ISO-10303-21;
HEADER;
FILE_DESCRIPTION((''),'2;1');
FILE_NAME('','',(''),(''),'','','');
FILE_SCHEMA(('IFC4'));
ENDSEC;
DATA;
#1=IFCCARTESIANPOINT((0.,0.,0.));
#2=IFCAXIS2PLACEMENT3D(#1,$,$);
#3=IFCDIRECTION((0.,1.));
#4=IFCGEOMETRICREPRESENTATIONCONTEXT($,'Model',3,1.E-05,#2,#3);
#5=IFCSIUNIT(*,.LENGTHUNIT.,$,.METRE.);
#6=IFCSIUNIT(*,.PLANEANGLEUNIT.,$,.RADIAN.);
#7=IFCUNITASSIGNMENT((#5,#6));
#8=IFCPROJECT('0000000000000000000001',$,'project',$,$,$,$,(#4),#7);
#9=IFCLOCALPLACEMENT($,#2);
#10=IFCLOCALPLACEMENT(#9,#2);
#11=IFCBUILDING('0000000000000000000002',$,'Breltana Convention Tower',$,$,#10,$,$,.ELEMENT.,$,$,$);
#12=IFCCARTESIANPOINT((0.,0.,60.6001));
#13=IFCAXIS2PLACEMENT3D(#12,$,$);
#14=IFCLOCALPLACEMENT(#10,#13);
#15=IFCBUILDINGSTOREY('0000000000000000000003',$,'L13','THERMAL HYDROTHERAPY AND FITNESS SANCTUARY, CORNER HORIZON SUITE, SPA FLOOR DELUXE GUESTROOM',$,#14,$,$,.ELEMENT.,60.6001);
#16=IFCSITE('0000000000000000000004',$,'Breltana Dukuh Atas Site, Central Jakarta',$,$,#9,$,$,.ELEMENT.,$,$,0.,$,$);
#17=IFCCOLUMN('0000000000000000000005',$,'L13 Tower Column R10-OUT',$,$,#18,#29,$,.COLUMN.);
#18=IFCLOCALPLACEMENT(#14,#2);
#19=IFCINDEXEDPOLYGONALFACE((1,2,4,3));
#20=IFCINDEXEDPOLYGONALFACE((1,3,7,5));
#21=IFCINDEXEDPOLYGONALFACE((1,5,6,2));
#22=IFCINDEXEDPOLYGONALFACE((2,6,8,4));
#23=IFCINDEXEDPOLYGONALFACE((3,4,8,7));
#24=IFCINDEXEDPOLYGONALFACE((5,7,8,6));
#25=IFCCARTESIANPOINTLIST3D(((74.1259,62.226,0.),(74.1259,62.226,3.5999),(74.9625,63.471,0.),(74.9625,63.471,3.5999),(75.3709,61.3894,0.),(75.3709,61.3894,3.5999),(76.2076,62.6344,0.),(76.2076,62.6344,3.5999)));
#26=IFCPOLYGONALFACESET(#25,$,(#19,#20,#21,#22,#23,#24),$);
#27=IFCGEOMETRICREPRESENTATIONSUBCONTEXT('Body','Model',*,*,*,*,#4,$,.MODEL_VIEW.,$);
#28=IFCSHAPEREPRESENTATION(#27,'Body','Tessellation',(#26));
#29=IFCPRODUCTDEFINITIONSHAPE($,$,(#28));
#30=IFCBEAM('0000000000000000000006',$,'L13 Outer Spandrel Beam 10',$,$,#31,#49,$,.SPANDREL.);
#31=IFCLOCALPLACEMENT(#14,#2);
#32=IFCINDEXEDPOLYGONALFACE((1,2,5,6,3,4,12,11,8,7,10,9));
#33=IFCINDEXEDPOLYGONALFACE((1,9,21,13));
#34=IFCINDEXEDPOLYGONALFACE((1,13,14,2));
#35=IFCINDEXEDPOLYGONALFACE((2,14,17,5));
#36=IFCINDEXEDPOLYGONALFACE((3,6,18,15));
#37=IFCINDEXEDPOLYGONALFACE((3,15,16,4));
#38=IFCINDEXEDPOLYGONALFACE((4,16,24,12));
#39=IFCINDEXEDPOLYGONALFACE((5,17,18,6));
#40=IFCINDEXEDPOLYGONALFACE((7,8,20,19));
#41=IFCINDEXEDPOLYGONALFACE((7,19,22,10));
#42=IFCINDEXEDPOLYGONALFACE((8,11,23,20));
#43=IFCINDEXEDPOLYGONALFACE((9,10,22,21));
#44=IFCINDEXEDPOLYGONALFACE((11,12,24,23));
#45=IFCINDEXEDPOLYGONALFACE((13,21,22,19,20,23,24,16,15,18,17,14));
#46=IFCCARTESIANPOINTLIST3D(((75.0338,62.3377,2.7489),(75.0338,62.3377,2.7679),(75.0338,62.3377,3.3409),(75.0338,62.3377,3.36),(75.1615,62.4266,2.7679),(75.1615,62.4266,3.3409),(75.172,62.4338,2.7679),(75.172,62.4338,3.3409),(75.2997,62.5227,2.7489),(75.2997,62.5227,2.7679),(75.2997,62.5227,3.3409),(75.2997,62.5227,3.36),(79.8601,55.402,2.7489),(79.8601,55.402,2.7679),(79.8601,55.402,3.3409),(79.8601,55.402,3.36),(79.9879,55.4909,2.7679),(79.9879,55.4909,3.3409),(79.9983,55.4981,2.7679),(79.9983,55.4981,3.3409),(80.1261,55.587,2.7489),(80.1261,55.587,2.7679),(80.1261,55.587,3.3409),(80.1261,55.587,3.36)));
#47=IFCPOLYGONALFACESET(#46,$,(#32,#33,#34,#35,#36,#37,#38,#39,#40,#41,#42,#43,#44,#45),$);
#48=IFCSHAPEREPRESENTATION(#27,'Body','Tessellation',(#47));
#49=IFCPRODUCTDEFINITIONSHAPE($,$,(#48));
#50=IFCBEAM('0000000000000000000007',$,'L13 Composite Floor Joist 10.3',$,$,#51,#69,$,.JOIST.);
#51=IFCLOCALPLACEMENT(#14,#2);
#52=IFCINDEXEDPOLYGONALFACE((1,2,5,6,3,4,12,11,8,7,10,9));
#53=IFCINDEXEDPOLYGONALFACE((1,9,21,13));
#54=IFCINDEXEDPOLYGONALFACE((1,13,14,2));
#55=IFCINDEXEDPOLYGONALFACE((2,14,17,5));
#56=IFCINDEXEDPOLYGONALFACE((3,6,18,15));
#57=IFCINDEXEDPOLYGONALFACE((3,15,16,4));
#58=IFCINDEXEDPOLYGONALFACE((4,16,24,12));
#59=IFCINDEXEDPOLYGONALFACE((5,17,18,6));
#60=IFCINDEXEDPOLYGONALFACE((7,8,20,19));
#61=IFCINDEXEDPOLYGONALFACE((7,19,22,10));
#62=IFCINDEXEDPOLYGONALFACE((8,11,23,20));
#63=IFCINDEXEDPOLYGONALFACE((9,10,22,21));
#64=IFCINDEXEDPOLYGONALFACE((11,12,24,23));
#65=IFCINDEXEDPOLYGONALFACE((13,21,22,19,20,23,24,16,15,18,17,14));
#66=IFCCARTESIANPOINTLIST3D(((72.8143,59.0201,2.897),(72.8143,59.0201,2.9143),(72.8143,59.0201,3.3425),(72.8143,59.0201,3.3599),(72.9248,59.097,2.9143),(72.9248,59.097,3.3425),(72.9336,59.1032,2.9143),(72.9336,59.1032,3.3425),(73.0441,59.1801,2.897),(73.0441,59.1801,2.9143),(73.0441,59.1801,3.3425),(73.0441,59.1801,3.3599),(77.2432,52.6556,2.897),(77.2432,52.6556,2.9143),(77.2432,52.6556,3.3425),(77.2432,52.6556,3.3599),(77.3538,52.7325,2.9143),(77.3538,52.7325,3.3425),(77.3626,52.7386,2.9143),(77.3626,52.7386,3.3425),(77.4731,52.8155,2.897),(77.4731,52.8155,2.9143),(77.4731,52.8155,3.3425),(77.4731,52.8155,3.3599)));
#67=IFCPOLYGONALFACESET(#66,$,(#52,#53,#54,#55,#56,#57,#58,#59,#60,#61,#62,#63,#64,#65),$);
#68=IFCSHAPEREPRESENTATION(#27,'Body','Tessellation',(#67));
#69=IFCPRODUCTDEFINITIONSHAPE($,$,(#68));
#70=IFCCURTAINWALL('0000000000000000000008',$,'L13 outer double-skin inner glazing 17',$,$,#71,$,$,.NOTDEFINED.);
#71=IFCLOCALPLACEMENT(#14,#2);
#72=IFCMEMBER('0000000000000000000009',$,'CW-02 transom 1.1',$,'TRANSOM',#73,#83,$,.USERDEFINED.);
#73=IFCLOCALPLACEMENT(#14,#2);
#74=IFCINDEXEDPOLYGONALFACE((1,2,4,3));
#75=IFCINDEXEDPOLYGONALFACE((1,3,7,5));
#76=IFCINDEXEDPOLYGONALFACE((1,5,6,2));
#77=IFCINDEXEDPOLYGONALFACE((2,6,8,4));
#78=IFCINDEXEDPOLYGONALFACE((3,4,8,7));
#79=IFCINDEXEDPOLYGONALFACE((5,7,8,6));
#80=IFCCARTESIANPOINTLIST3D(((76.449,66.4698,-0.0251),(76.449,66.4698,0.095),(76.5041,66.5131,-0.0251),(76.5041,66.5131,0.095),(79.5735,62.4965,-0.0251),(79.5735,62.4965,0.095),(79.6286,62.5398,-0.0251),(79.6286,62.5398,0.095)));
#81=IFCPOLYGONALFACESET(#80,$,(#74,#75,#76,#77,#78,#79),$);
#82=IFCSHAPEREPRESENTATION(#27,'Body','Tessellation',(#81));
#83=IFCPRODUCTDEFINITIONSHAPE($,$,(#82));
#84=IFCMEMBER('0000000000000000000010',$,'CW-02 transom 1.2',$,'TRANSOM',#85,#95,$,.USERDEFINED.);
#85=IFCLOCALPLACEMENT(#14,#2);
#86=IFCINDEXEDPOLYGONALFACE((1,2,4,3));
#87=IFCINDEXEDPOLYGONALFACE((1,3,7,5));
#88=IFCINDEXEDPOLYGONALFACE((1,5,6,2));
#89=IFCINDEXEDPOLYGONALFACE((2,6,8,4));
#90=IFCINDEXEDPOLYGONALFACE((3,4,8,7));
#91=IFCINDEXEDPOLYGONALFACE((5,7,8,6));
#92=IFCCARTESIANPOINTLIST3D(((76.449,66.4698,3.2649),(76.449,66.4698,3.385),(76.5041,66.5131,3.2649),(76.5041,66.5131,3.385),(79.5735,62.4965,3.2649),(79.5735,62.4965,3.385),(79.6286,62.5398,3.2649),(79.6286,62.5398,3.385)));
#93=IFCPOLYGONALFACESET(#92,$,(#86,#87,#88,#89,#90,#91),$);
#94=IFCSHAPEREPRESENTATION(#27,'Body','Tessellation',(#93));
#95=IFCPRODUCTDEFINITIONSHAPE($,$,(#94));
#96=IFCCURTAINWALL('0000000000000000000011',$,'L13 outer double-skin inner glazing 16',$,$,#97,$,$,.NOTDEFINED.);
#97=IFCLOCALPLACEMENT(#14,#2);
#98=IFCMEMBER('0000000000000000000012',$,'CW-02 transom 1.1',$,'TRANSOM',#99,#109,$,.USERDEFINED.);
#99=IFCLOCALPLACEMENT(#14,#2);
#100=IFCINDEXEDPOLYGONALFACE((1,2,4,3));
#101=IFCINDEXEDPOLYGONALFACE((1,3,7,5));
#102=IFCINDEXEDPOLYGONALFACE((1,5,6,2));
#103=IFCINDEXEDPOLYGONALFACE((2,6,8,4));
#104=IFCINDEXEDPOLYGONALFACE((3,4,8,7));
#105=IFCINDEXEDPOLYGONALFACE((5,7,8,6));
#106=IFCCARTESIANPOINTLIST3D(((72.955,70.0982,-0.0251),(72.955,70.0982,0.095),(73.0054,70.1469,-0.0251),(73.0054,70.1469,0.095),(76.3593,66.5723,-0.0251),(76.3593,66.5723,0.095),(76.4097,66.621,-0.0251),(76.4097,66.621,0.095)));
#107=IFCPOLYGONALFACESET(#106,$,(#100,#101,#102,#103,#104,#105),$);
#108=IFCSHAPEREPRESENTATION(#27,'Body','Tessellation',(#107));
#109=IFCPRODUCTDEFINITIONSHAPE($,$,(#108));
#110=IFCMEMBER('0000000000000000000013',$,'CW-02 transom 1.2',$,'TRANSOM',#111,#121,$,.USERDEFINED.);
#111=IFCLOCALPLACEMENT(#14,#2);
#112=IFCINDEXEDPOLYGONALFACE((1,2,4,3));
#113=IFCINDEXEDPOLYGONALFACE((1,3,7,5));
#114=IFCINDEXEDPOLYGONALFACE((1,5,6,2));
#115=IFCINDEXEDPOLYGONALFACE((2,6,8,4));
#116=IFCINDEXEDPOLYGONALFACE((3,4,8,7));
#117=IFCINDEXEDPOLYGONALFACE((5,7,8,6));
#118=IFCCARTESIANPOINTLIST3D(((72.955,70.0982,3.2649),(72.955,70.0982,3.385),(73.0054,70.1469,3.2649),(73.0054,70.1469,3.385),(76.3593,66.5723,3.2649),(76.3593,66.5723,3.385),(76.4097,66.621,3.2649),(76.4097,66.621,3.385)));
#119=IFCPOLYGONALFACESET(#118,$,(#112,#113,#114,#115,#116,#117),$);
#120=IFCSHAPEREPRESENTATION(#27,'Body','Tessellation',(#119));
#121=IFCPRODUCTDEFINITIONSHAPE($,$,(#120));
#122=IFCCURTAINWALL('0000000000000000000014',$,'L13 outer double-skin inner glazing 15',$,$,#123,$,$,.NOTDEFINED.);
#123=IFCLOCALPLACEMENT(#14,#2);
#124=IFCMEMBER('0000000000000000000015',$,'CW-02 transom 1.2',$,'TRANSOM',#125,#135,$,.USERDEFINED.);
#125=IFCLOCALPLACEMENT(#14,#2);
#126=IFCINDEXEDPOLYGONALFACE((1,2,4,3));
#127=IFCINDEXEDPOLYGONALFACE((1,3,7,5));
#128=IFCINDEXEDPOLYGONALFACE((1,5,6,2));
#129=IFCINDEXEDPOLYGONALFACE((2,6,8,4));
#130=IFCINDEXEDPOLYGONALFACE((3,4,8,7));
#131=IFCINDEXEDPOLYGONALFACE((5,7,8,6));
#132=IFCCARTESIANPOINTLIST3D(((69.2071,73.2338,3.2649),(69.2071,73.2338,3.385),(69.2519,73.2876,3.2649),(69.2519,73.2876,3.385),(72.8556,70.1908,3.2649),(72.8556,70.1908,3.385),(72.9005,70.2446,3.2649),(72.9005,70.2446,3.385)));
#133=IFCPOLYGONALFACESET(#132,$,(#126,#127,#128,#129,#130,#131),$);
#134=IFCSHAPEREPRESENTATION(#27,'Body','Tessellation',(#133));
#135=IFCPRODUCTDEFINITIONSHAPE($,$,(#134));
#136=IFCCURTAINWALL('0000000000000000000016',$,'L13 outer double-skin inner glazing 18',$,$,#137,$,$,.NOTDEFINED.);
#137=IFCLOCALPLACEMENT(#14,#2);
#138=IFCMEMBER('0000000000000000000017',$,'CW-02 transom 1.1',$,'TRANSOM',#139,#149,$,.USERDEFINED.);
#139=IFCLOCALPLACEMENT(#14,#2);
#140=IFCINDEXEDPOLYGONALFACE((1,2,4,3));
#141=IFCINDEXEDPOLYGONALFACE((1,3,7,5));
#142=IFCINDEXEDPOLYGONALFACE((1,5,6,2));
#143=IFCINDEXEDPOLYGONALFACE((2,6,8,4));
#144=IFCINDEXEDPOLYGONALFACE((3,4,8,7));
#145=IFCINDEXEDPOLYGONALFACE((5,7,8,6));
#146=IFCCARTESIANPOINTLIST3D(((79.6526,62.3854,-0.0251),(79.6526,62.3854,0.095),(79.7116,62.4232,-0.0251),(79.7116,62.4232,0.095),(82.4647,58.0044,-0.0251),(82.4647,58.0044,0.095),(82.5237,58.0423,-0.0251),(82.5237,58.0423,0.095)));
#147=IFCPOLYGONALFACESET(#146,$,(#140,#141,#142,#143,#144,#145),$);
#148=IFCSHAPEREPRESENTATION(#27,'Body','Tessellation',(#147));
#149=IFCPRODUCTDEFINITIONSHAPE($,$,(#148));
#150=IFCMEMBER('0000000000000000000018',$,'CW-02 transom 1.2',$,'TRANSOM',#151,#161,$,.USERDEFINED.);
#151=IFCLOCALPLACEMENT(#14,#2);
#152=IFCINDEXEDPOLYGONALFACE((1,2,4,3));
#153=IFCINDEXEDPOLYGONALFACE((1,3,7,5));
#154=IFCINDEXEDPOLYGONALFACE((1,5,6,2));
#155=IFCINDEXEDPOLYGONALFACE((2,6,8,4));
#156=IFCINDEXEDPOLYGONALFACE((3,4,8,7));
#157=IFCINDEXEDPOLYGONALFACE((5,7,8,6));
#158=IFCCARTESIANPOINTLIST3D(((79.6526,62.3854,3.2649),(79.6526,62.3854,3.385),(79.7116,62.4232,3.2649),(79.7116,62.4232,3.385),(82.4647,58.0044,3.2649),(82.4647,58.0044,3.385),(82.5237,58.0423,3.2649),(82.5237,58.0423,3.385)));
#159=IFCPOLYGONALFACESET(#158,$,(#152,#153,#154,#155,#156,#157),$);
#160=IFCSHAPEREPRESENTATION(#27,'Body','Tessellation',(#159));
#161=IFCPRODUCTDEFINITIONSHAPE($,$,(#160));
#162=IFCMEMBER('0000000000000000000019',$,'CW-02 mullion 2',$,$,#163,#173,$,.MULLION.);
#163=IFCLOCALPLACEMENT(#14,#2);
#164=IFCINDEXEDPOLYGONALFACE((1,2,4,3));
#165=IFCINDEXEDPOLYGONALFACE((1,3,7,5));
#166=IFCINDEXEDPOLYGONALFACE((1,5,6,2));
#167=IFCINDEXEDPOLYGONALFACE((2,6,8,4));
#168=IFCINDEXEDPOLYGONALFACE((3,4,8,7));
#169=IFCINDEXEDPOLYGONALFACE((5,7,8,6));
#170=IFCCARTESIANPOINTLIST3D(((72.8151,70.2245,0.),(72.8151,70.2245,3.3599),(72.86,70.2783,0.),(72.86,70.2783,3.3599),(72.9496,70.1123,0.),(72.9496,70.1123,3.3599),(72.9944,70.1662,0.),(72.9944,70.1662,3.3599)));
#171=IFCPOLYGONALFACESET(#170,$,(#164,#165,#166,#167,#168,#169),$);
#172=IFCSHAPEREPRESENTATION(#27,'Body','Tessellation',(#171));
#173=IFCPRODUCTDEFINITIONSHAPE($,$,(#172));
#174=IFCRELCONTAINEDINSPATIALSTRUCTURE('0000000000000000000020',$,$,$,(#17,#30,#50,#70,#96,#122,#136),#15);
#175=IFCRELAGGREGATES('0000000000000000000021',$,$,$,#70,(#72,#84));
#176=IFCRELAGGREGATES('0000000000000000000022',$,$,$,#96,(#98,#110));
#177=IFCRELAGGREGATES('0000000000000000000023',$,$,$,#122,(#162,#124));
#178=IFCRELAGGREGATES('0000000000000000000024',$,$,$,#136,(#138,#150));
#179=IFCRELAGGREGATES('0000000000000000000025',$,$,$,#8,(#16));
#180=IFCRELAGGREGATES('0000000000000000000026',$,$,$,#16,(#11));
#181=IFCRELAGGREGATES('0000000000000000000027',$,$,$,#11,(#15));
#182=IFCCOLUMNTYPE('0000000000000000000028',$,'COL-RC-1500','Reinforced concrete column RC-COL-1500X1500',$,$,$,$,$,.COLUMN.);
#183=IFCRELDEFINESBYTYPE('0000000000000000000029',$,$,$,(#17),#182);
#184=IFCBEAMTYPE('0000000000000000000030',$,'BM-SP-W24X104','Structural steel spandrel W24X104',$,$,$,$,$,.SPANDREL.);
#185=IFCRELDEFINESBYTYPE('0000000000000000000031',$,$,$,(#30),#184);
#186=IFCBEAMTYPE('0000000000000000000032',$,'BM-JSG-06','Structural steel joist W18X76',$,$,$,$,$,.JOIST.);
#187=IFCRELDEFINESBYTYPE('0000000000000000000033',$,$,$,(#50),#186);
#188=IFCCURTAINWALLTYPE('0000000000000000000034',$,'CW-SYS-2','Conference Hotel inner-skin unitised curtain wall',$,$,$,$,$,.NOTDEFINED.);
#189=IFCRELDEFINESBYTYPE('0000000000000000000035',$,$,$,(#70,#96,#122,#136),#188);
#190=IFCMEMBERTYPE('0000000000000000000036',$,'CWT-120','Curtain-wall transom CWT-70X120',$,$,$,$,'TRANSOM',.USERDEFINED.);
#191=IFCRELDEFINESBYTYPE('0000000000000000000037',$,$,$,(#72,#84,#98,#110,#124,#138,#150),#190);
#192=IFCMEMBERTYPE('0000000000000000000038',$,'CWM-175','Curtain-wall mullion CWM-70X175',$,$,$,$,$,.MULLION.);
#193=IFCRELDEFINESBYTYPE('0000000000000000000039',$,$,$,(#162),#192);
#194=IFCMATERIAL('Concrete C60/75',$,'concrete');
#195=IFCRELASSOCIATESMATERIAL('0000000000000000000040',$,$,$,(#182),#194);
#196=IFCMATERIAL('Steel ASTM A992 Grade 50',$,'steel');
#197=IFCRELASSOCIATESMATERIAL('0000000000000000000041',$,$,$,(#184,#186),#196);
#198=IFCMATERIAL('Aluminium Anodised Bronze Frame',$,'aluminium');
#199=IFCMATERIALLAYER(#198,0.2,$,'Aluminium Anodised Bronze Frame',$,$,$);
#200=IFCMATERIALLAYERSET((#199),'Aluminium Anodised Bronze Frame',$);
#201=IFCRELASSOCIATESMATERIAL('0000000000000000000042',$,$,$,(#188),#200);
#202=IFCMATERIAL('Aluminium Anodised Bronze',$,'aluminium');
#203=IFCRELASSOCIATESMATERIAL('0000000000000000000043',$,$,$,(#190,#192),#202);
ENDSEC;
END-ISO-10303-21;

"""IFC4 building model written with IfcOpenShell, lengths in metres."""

from ifc_helpers import new_model, si_unit, direction, frame, origin, origin_2d, place, context, subcontext, project, spatial, rectangle, i_section, extrude, source, transform, mapped, material, layer, layer_set, material_profile, profile_set, type_object, element, aggregate, save


model = new_model("IFC4")

# Units and contexts
model_context = context("Model", 3, precision=1e-05, world=origin(), true_north=direction((0.0, 1.0)))
body_context = subcontext(model_context, "Body", "Model", "MODEL_VIEW")
ifc_project = project(units=[si_unit("LENGTHUNIT", "METRE"), si_unit("PLANEANGLEUNIT", "RADIAN")], contexts=[model_context])

# Site, building, storey
site_placement = place(None, origin())
site = spatial("IfcSite", under=ifc_project, at=site_placement, Name="Breltana Dukuh Atas Site, Central Jakarta", CompositionType="ELEMENT", RefElevation=0.0)
building_placement = place(site_placement, origin())
building = spatial("IfcBuilding", under=site, at=building_placement, Name="Breltana Convention Tower", CompositionType="ELEMENT")
storey_placement = place(building_placement, frame((0.0, 0.0, 60.6001)))
storey = spatial("IfcBuildingStorey", under=building, at=storey_placement, Name="L13", Description="THERMAL HYDROTHERAPY AND FITNESS SANCTUARY, CORNER HORIZON SUITE, SPA FLOOR DELUXE GUESTROOM", CompositionType="ELEMENT", Elevation=60.6001)

# Column
ifc_material_1 = material(Name="Concrete C60/75", Category="concrete")
ifc_material_profile_1 = material_profile(ifc_material_1, rectangle(XDim=1.5, YDim=1.5, at=origin_2d()), Name="RC-COL-1500X1500")
ifc_profile_set_1 = profile_set([ifc_material_profile_1], Name="Concrete C60/75")
column_type = type_object("IfcColumnType", Name="COL-RC-1500", Description="Reinforced concrete column RC-COL-1500X1500", PredefinedType="COLUMN", material=ifc_profile_set_1)
shared_shape_1 = source(origin(), body_context, "Body", "SweptSolid", [
    extrude(rectangle(XDim=1.5, YDim=1.5, at=origin_2d()), origin(), (0.0, 0.0, 1.0), 3.5999),
])
column_placement = place(storey_placement, frame((75.1667, 62.4302, 0.0), z_axis=(0.0, 0.0, 1.0), x_axis=(0.557745, 0.830012, 0.0)))
element("IfcColumn", 1, at=column_placement, inside=storey, type_object=column_type, Name="L13 Tower Column R10-OUT", PredefinedType="COLUMN", context=body_context, shape_type="MappedRepresentation", body=[
    mapped(shared_shape_1, transform((0.0, 0.0, 0.0), scale=1.0)),
])

# Beams
ifc_material_2 = material(Name="Steel ASTM A992 Grade 50", Category="steel")
ifc_material_profile_2 = material_profile(ifc_material_2, i_section(OverallWidth=0.324, OverallDepth=0.6111, WebThickness=0.0127, FlangeThickness=0.019, at=origin_2d()), Name="W24X104")
ifc_profile_set_2 = profile_set([ifc_material_profile_2], Name="Steel ASTM A992 Grade 50")
beam_type_1 = type_object("IfcBeamType", Name="BM-SP-W24X104", Description="Structural steel spandrel W24X104", PredefinedType="SPANDREL", material=ifc_profile_set_2)
shared_shape_2 = source(origin(), body_context, "Body", "SweptSolid", [
    extrude(i_section(OverallWidth=0.324, OverallDepth=0.6111, WebThickness=0.0127, FlangeThickness=0.019, at=origin_2d()), origin(), (0.0, 0.0, 1.0), 8.4497),
])
beam_1_placement = place(storey_placement, frame((75.1667, 62.4302, 3.0544), z_axis=(0.571186, -0.820821, 0.0), x_axis=(0.820821, 0.571186, 0.0)))
element("IfcBeam", 2, at=beam_1_placement, inside=storey, type_object=beam_type_1, Name="L13 Outer Spandrel Beam 10", PredefinedType="SPANDREL", context=body_context, shape_type="MappedRepresentation", body=[
    mapped(shared_shape_2, transform((0.0, 0.0, 0.0), scale=1.0)),
])
ifc_material_profile_3 = material_profile(ifc_material_2, i_section(OverallWidth=0.28, OverallDepth=0.4629, WebThickness=0.0107, FlangeThickness=0.0173, at=origin_2d()), Name="W18X76")
ifc_profile_set_3 = profile_set([ifc_material_profile_3], Name="Steel ASTM A992 Grade 50")
beam_type_2 = type_object("IfcBeamType", Name="BM-JSG-06", Description="Structural steel joist W18X76", PredefinedType="JOIST", material=ifc_profile_set_3)
shared_shape_3 = source(origin(), body_context, "Body", "SweptSolid", [
    extrude(i_section(OverallWidth=0.28, OverallDepth=0.4629, WebThickness=0.0107, FlangeThickness=0.0173, at=origin_2d()), origin(), (0.0, 0.0, 1.0), 7.7539),
])
beam_2_placement = place(storey_placement, frame((72.9292, 59.1001, 3.1284), z_axis=(0.571193, -0.820816, 0.0), x_axis=(0.820816, 0.571193, 0.0)))
element("IfcBeam", 3, at=beam_2_placement, inside=storey, type_object=beam_type_2, Name="L13 Composite Floor Joist 10.3", PredefinedType="JOIST", context=body_context, shape_type="MappedRepresentation", body=[
    mapped(shared_shape_3, transform((0.0, 0.0, 0.0), scale=1.0)),
])

# Curtain walls, members
ifc_material_3 = material(Name="Aluminium Anodised Bronze Frame", Category="aluminium")
ifc_layer_1 = layer(ifc_material_3, 0.2, Name="Aluminium Anodised Bronze Frame")
ifc_layer_set_1 = layer_set([ifc_layer_1], Name="Aluminium Anodised Bronze Frame")
curtain_wall_type = type_object("IfcCurtainWallType", Name="CW-SYS-2", Description="Conference Hotel inner-skin unitised curtain wall", PredefinedType="NOTDEFINED", material=ifc_layer_set_1)
curtain_wall_1_placement = place(storey_placement, origin())
curtain_wall_1 = element("IfcCurtainWall", 4, at=curtain_wall_1_placement, inside=storey, type_object=curtain_wall_type, Name="L13 outer double-skin inner glazing 17", PredefinedType="NOTDEFINED")
ifc_material_4 = material(Name="Aluminium Anodised Bronze", Category="aluminium")
ifc_material_profile_4 = material_profile(ifc_material_4, rectangle(XDim=0.0701, YDim=0.1201, at=origin_2d()), Name="CWT-70X120")
ifc_profile_set_4 = profile_set([ifc_material_profile_4], Name="Aluminium Anodised Bronze")
member_type_1 = type_object("IfcMemberType", Name="CWT-120", Description="Curtain-wall transom CWT-70X120", ElementType="TRANSOM", PredefinedType="USERDEFINED", material=ifc_profile_set_4)
shared_shape_4 = source(origin(), body_context, "Body", "SweptSolid", [
    extrude(rectangle(XDim=0.0701, YDim=0.1201, at=origin_2d()), origin(), (0.0, 0.0, 1.0), 5.0547),
])
member_1_placement = place(storey_placement, frame((76.4766, 66.4915, 0.0349), z_axis=(0.618135, -0.786072, 0.0), x_axis=(0.786072, 0.618135, 0.0)))
member_1 = element("IfcMember", 5, at=member_1_placement, type_object=member_type_1, Name="CW-02 transom 1.1", ObjectType="TRANSOM", PredefinedType="USERDEFINED", context=body_context, shape_type="MappedRepresentation", body=[
    mapped(shared_shape_4, transform((0.0, 0.0, 0.0), scale=1.0)),
])
member_2_placement = place(storey_placement, frame((76.4766, 66.4915, 3.325), z_axis=(0.618135, -0.786072, 0.0), x_axis=(0.786072, 0.618135, 0.0)))
member_2 = element("IfcMember", 6, at=member_2_placement, type_object=member_type_1, Name="CW-02 transom 1.2", ObjectType="TRANSOM", PredefinedType="USERDEFINED", context=body_context, shape_type="MappedRepresentation", body=[
    mapped(shared_shape_4, transform((0.0, 0.0, 0.0), scale=1.0)),
])
curtain_wall_2_placement = place(storey_placement, origin())
curtain_wall_2 = element("IfcCurtainWall", 7, at=curtain_wall_2_placement, inside=storey, type_object=curtain_wall_type, Name="L13 outer double-skin inner glazing 16", PredefinedType="NOTDEFINED")
shared_shape_5 = source(origin(), body_context, "Body", "SweptSolid", [
    extrude(rectangle(XDim=0.0701, YDim=0.1201, at=origin_2d()), origin(), (0.0, 0.0, 1.0), 4.9011),
])
member_3_placement = place(storey_placement, frame((72.9802, 70.1226, 0.0349), z_axis=(0.694595, -0.719401, 0.0), x_axis=(0.719401, 0.694595, 0.0)))
member_3 = element("IfcMember", 8, at=member_3_placement, type_object=member_type_1, Name="CW-02 transom 1.1", ObjectType="TRANSOM", PredefinedType="USERDEFINED", context=body_context, shape_type="MappedRepresentation", body=[
    mapped(shared_shape_5, transform((0.0, 0.0, 0.0), scale=1.0)),
])
member_4_placement = place(storey_placement, frame((72.9802, 70.1226, 3.325), z_axis=(0.694595, -0.719401, 0.0), x_axis=(0.719401, 0.694595, 0.0)))
member_4 = element("IfcMember", 9, at=member_4_placement, type_object=member_type_1, Name="CW-02 transom 1.2", ObjectType="TRANSOM", PredefinedType="USERDEFINED", context=body_context, shape_type="MappedRepresentation", body=[
    mapped(shared_shape_5, transform((0.0, 0.0, 0.0), scale=1.0)),
])

# Curtain wall, member
curtain_wall_3_placement = place(storey_placement, origin())
curtain_wall_3 = element("IfcCurtainWall", 10, at=curtain_wall_3_placement, inside=storey, type_object=curtain_wall_type, Name="L13 outer double-skin inner glazing 15", PredefinedType="NOTDEFINED")
shared_shape_6 = source(origin(), body_context, "Body", "SweptSolid", [
    extrude(rectangle(XDim=0.0701, YDim=0.1201, at=origin_2d()), origin(), (0.0, 0.0, 1.0), 4.751),
])
member_5_placement = place(storey_placement, frame((69.2295, 73.2607, 3.325), z_axis=(0.767952, -0.640508, 0.0), x_axis=(0.640508, 0.767952, 0.0)))
member_5 = element("IfcMember", 11, at=member_5_placement, type_object=member_type_1, Name="CW-02 transom 1.2", ObjectType="TRANSOM", PredefinedType="USERDEFINED", context=body_context, shape_type="MappedRepresentation", body=[
    mapped(shared_shape_6, transform((0.0, 0.0, 0.0), scale=1.0)),
])

# Curtain wall, members
curtain_wall_4_placement = place(storey_placement, origin())
curtain_wall_4 = element("IfcCurtainWall", 12, at=curtain_wall_4_placement, inside=storey, type_object=curtain_wall_type, Name="L13 outer double-skin inner glazing 18", PredefinedType="NOTDEFINED")
shared_shape_7 = source(origin(), body_context, "Body", "SweptSolid", [
    extrude(rectangle(XDim=0.0701, YDim=0.1201, at=origin_2d()), origin(), (0.0, 0.0, 1.0), 5.2058),
])
member_6_placement = place(storey_placement, frame((79.6821, 62.4043, 0.0349), z_axis=(0.540179, -0.84155, 0.0), x_axis=(0.84155, 0.540179, 0.0)))
member_6 = element("IfcMember", 13, at=member_6_placement, type_object=member_type_1, Name="CW-02 transom 1.1", ObjectType="TRANSOM", PredefinedType="USERDEFINED", context=body_context, shape_type="MappedRepresentation", body=[
    mapped(shared_shape_7, transform((0.0, 0.0, 0.0), scale=1.0)),
])
member_7_placement = place(storey_placement, frame((79.6821, 62.4043, 3.325), z_axis=(0.540179, -0.84155, 0.0), x_axis=(0.84155, 0.540179, 0.0)))
member_7 = element("IfcMember", 14, at=member_7_placement, type_object=member_type_1, Name="CW-02 transom 1.2", ObjectType="TRANSOM", PredefinedType="USERDEFINED", context=body_context, shape_type="MappedRepresentation", body=[
    mapped(shared_shape_7, transform((0.0, 0.0, 0.0), scale=1.0)),
])

# Member
ifc_material_profile_5 = material_profile(ifc_material_4, rectangle(XDim=0.0701, YDim=0.175, at=origin_2d()), Name="CWM-70X175")
ifc_profile_set_5 = profile_set([ifc_material_profile_5], Name="Aluminium Anodised Bronze")
member_type_2 = type_object("IfcMemberType", Name="CWM-175", Description="Curtain-wall mullion CWM-70X175", PredefinedType="MULLION", material=ifc_profile_set_5)
shared_shape_8 = source(origin(), body_context, "Body", "SweptSolid", [
    extrude(rectangle(XDim=0.0701, YDim=0.175, at=origin_2d()), origin(), (0.0, 0.0, 1.0), 3.3599),
])
member_8_placement = place(storey_placement, frame((72.9048, 70.1953, 0.0), z_axis=(0.0, 0.0, 1.0), x_axis=(0.64052, 0.767941, 0.0)))
member_8 = element("IfcMember", 15, at=member_8_placement, type_object=member_type_2, Name="CW-02 mullion 2", PredefinedType="MULLION", context=body_context, shape_type="MappedRepresentation", body=[
    mapped(shared_shape_8, transform((0.0, 0.0, 0.0), scale=1.0)),
])

aggregate(curtain_wall_1, [member_1, member_2])
aggregate(curtain_wall_2, [member_3, member_4])
aggregate(curtain_wall_3, [member_8, member_5])
aggregate(curtain_wall_4, [member_6, member_7])

save(model, "model.ifc")
